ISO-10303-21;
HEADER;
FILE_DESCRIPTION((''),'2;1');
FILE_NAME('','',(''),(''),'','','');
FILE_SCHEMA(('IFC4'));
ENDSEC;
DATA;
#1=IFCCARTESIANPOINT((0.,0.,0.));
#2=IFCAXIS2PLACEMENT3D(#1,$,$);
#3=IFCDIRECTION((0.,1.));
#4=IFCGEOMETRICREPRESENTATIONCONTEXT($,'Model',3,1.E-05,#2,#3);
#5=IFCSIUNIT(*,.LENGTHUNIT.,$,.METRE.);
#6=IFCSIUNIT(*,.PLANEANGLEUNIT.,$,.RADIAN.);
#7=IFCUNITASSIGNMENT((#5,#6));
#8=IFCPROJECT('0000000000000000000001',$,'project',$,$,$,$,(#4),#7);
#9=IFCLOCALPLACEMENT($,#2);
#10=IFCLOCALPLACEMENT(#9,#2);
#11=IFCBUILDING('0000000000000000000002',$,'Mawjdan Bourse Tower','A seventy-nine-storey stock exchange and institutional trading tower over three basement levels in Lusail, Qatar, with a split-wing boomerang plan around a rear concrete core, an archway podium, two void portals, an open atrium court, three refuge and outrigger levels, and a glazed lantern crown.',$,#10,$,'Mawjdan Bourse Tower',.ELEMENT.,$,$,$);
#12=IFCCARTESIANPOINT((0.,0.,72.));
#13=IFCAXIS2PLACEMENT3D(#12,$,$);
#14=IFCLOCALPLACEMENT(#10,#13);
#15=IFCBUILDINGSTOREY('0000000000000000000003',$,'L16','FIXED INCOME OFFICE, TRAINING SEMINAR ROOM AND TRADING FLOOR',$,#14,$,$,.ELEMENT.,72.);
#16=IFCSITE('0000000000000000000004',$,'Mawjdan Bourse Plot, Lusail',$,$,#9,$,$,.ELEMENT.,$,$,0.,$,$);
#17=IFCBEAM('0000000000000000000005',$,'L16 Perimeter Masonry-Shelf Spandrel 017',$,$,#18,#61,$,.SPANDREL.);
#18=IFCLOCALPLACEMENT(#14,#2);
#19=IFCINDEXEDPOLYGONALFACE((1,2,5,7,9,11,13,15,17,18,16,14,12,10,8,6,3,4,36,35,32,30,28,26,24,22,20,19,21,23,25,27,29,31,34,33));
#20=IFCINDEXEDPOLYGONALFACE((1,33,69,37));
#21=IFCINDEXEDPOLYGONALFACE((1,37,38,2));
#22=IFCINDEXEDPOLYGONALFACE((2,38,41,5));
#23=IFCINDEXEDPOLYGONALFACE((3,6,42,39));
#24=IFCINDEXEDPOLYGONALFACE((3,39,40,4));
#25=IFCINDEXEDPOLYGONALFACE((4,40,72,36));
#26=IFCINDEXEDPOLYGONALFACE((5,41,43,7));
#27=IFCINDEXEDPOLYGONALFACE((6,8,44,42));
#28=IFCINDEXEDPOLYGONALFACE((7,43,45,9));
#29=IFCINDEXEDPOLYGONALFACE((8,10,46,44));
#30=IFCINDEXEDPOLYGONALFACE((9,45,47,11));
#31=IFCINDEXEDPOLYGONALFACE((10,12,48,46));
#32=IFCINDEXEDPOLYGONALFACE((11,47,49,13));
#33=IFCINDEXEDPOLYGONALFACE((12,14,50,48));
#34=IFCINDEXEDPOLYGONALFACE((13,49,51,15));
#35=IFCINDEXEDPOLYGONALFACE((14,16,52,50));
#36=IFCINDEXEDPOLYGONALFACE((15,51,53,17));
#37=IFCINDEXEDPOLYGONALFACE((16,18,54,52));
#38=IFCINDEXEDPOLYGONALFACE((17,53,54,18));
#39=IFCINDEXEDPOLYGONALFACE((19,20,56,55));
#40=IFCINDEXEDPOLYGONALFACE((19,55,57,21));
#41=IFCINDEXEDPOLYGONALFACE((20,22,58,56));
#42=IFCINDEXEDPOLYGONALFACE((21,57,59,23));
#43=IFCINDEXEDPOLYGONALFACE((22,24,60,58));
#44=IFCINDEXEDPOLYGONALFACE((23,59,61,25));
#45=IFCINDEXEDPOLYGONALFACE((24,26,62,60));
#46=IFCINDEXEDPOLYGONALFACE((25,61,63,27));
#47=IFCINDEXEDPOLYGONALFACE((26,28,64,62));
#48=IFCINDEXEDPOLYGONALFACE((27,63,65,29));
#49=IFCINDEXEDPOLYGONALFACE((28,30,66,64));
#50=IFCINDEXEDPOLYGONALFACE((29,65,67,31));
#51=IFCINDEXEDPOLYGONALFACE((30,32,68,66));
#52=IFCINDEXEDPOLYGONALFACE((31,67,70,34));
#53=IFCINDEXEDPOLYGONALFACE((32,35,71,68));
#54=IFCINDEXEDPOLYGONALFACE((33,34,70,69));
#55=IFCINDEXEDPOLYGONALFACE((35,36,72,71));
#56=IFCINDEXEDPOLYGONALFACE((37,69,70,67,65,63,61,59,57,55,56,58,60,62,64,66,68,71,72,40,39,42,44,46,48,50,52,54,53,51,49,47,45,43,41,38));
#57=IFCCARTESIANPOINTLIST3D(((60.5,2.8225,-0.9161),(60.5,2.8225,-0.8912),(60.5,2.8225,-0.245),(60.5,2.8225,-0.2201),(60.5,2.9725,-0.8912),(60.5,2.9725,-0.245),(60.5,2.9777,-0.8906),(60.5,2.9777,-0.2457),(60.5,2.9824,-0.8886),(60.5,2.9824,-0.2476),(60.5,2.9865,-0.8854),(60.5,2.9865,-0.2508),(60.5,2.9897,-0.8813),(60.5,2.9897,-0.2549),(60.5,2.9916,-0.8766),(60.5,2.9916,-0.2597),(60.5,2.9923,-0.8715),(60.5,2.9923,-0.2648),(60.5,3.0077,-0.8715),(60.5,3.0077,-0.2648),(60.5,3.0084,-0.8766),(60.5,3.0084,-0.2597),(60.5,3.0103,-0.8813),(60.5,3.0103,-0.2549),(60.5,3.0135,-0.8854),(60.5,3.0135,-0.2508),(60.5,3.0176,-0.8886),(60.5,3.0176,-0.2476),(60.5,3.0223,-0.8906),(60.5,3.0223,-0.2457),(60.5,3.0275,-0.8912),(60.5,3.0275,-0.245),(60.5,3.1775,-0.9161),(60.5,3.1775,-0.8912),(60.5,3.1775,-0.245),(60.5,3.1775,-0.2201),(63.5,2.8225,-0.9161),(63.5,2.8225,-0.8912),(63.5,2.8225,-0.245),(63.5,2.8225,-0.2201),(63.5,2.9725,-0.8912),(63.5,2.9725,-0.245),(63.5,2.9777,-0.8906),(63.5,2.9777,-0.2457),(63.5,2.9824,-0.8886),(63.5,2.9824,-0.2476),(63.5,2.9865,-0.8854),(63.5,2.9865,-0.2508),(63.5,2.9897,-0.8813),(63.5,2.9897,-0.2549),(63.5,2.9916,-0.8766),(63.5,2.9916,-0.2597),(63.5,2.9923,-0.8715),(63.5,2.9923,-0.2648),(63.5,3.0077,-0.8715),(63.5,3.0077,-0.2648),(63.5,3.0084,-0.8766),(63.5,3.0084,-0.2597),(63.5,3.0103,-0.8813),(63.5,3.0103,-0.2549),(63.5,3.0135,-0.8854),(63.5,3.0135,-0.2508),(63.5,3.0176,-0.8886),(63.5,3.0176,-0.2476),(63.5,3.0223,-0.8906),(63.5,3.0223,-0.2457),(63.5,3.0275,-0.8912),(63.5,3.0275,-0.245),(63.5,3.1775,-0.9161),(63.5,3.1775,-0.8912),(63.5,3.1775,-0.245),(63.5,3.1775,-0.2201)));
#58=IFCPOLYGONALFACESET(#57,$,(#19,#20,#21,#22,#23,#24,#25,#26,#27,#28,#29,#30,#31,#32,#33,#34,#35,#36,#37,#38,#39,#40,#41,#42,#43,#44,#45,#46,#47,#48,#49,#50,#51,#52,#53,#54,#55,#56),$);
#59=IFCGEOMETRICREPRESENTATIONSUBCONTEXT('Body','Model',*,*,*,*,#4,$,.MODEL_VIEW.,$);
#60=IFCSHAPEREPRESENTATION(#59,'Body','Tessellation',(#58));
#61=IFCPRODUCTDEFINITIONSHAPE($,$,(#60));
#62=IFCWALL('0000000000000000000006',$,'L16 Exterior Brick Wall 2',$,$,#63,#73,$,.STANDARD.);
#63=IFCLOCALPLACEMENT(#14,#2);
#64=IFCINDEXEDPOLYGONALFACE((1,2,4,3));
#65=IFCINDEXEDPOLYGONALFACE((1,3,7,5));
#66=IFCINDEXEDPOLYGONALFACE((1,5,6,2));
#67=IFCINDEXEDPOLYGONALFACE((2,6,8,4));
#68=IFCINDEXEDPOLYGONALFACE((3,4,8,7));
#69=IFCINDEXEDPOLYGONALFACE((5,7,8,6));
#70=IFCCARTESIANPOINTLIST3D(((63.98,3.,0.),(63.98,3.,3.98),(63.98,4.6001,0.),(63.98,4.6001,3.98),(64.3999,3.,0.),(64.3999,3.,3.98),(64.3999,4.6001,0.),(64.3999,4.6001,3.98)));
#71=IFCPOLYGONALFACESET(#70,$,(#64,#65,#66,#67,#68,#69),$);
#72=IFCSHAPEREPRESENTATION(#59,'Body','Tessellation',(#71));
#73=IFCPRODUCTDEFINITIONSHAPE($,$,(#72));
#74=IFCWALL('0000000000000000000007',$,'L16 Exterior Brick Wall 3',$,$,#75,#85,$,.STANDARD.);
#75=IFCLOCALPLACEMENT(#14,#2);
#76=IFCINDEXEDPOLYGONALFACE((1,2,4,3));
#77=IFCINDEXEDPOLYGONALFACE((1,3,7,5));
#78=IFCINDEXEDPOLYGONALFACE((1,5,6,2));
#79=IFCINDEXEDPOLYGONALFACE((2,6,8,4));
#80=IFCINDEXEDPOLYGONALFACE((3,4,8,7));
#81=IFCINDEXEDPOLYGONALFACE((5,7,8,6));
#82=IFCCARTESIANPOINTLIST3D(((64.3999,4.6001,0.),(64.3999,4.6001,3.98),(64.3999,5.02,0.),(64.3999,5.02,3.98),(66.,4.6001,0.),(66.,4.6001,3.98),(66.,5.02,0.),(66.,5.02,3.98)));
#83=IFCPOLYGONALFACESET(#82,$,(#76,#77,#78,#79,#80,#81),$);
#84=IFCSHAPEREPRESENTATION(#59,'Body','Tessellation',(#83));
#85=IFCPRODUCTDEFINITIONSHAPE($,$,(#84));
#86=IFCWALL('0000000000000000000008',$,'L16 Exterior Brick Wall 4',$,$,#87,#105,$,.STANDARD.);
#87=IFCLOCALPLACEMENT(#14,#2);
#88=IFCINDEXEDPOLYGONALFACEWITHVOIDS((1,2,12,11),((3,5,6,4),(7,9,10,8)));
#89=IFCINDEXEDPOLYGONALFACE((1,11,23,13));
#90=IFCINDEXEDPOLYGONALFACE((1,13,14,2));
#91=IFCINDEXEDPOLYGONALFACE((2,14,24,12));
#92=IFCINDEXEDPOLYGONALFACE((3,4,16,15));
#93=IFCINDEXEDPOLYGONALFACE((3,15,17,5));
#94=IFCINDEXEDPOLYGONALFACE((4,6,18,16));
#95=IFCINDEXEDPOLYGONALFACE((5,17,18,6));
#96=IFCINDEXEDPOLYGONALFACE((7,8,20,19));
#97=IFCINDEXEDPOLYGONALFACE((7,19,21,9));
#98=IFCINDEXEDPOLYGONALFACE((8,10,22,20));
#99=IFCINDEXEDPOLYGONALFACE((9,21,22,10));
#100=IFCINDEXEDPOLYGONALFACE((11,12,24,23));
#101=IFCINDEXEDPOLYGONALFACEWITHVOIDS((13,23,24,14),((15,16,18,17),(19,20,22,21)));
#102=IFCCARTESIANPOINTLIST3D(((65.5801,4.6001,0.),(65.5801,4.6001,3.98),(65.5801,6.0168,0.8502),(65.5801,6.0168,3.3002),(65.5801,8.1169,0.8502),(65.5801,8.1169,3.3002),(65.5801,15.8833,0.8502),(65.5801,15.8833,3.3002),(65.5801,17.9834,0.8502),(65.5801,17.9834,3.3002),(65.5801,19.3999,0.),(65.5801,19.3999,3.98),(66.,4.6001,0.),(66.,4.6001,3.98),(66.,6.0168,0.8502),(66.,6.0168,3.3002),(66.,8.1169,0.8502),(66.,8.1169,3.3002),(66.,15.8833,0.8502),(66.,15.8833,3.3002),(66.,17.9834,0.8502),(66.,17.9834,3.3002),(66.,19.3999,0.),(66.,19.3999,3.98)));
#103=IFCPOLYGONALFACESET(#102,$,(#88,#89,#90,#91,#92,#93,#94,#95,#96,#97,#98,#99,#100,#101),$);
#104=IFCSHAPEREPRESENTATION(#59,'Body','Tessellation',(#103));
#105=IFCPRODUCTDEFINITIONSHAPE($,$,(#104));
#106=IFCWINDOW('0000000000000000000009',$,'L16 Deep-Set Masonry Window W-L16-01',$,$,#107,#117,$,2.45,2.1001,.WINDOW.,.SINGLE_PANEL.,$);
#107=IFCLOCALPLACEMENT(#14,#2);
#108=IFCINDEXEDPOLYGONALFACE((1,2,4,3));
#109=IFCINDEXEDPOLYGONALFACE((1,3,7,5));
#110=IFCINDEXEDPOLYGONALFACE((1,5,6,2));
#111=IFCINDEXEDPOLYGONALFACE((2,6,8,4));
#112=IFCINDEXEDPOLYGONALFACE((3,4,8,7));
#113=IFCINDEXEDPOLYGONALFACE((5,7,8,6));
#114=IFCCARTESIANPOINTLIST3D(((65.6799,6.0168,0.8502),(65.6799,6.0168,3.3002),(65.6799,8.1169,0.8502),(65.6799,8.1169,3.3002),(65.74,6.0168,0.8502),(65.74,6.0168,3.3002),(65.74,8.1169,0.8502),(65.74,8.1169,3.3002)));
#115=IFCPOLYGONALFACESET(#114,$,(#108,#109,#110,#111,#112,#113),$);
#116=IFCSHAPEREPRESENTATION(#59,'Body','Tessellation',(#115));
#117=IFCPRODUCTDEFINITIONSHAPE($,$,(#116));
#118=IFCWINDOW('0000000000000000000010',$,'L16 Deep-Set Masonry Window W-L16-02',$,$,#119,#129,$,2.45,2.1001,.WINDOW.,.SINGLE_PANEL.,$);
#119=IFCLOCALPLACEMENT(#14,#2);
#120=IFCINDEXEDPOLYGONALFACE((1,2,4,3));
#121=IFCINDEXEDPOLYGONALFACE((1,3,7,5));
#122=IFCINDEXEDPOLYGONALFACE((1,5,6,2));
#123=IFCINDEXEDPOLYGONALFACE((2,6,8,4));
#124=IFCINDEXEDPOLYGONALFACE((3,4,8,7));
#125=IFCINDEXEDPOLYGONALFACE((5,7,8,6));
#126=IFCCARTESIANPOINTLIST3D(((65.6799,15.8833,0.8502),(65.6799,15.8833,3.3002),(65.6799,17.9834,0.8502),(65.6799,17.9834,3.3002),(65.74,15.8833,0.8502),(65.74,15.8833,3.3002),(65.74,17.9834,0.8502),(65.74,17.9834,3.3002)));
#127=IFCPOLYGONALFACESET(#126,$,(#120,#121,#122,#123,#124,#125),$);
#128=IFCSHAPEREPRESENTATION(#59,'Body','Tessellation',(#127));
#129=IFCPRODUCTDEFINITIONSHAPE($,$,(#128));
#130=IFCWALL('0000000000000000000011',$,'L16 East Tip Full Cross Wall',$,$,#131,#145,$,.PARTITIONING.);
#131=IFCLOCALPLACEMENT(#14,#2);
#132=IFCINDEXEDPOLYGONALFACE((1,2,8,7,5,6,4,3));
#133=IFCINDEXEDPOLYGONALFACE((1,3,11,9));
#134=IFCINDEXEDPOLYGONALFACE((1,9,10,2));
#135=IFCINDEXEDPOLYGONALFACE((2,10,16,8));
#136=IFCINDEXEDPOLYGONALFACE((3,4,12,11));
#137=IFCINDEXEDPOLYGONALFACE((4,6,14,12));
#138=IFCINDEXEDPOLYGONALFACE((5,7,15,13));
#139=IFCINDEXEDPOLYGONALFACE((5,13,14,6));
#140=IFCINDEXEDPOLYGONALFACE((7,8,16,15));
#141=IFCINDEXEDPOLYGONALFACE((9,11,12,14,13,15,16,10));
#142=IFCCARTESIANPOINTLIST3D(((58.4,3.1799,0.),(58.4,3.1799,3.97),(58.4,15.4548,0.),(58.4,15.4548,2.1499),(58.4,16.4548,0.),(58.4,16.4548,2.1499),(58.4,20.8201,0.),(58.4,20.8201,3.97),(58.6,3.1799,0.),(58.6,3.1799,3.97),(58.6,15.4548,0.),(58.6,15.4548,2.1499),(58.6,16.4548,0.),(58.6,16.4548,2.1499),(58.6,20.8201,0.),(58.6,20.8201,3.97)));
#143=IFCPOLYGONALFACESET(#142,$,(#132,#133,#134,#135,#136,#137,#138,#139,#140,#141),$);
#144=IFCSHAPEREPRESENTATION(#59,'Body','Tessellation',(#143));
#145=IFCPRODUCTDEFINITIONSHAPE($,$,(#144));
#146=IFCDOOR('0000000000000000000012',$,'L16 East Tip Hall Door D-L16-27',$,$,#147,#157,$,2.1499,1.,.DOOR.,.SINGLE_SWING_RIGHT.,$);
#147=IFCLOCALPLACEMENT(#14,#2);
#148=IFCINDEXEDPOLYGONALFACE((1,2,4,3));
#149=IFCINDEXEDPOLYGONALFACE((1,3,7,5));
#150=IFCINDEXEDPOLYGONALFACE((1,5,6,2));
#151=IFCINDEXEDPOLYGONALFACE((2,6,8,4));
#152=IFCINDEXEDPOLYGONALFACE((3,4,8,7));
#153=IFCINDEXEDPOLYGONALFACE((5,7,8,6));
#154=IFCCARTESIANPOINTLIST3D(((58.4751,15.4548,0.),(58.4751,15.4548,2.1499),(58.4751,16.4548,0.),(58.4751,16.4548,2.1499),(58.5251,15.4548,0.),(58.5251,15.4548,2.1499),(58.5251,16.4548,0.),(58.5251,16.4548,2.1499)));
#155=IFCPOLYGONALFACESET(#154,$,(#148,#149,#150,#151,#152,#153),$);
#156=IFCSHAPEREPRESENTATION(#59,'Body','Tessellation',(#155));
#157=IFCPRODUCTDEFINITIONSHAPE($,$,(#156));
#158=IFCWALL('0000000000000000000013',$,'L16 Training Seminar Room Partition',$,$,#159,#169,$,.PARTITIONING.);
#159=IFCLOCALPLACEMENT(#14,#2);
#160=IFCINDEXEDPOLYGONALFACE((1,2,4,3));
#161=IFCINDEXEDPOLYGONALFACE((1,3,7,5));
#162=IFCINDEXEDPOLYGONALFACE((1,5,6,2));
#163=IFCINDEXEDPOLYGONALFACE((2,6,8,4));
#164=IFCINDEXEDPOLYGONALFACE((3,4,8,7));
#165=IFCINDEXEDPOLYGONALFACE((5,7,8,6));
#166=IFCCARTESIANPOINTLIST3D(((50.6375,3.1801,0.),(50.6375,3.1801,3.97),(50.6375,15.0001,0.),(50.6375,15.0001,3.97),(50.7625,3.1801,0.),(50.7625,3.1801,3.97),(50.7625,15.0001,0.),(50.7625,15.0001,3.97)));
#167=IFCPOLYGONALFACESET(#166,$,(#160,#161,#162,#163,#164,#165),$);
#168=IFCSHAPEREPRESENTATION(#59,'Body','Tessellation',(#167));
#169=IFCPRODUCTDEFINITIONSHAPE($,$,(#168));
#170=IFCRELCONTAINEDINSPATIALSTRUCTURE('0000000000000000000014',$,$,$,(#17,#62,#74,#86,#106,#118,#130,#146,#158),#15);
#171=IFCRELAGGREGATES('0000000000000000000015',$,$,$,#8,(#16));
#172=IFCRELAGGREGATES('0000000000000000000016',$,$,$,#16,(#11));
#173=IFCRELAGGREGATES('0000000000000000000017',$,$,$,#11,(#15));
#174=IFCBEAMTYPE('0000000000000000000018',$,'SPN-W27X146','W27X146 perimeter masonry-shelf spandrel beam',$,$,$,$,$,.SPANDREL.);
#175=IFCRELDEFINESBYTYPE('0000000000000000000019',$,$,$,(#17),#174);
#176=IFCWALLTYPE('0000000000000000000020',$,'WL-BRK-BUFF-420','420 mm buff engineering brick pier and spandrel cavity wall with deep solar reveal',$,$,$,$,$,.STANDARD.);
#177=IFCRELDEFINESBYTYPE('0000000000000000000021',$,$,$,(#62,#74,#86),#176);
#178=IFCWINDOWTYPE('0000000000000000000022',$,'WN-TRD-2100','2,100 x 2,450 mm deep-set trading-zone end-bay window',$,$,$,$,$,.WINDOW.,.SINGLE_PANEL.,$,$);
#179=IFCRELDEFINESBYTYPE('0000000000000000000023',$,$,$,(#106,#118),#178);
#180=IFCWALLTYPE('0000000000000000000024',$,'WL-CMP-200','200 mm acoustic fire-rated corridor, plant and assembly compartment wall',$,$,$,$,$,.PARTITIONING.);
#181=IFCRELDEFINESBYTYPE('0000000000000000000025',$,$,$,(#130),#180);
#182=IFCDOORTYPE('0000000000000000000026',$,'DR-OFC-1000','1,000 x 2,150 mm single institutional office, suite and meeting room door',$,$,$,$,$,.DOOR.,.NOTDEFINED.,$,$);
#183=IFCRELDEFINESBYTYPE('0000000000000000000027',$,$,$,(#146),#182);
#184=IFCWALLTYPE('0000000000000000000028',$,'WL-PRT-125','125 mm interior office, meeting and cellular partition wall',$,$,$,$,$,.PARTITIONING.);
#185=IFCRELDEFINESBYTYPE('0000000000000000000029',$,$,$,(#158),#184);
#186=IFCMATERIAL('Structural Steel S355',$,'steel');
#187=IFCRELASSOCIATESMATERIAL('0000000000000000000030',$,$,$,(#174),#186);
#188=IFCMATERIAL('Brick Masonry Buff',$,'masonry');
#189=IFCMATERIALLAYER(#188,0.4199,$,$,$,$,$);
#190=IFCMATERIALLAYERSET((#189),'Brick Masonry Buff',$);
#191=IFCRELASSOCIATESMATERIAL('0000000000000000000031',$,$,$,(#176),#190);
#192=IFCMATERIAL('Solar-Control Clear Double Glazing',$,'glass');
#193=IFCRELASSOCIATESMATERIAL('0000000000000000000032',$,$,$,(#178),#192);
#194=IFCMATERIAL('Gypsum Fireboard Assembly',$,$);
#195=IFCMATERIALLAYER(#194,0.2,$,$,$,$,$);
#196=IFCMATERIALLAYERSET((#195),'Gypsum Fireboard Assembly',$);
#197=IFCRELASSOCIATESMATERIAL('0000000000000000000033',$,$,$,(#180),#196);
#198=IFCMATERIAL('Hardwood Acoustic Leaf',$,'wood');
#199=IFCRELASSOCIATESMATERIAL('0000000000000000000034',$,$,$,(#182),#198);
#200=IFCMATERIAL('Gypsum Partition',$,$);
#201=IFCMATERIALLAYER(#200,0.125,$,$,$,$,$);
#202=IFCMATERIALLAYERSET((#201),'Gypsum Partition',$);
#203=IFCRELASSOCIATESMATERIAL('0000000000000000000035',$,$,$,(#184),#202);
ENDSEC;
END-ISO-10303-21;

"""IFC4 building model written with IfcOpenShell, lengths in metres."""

from ifc_helpers import new_model, si_unit, direction, frame, frame_2d, origin, origin_2d, place, context, subcontext, project, spatial, rectangle, i_section, extrude, material, layer, layer_set, material_profile, profile_set, type_object, element, fill, save


model = new_model("IFC4")

# Units and contexts
model_context = context("Model", 3, precision=1e-05, world=origin(), true_north=direction((0.0, 1.0)))
body_context = subcontext(model_context, "Body", "Model", "MODEL_VIEW")
ifc_project = project(units=[si_unit("LENGTHUNIT", "METRE"), si_unit("PLANEANGLEUNIT", "RADIAN")], contexts=[model_context])

# Site, building, storey
site_placement = place(None, origin())
site = spatial("IfcSite", under=ifc_project, at=site_placement, Name="Mawjdan Bourse Plot, Lusail", CompositionType="ELEMENT", RefElevation=0.0)
building_placement = place(site_placement, origin())
building = spatial("IfcBuilding", under=site, at=building_placement, Name="Mawjdan Bourse Tower", Description="A seventy-nine-storey stock exchange and institutional trading tower over three basement levels in Lusail, Qatar, with a split-wing boomerang plan around a rear concrete core, an archway podium, two void portals, an open atrium court, three refuge and outrigger levels, and a glazed lantern crown.", LongName="Mawjdan Bourse Tower", CompositionType="ELEMENT")
storey_placement = place(building_placement, frame((0.0, 0.0, 72.0)))
storey = spatial("IfcBuildingStorey", under=building, at=storey_placement, Name="L16", Description="FIXED INCOME OFFICE, TRAINING SEMINAR ROOM AND TRADING FLOOR", CompositionType="ELEMENT", Elevation=72.0)

# Beam
ifc_material_1 = material(Name="Structural Steel S355", Category="steel")
ifc_material_profile_1 = material_profile(ifc_material_1, i_section(OverallWidth=0.355, OverallDepth=0.696, WebThickness=0.0154, FlangeThickness=0.0249, FilletRadius=0.0198, at=origin_2d()), Name="W27X146")
ifc_profile_set_1 = profile_set([ifc_material_profile_1], Name="Structural Steel S355")
beam_type_1 = type_object("IfcBeamType", Name="SPN-W27X146", Description="W27X146 perimeter masonry-shelf spandrel beam", PredefinedType="SPANDREL", material=ifc_profile_set_1)
beam_1_placement = place(storey_placement, frame((60.5, 3.0, -0.5681), z_axis=(1.0, 0.0, 0.0), x_axis=(0.0, 1.0, 0.0)))
element("IfcBeam", 1, at=beam_1_placement, inside=storey, type_object=beam_type_1, Name="L16 Perimeter Masonry-Shelf Spandrel 017", PredefinedType="SPANDREL", context=body_context, shape_type="SweptSolid", body=[
    extrude(i_section(OverallWidth=0.355, OverallDepth=0.696, WebThickness=0.0154, FlangeThickness=0.0249, FilletRadius=0.0198, at=origin_2d()), origin(), (0.0, 0.0, 1.0), 3.0),
])

# Walls
ifc_material_2 = material(Name="Brick Masonry Buff", Category="masonry")
ifc_layer_1 = layer(ifc_material_2, 0.4199)
ifc_layer_set_1 = layer_set([ifc_layer_1], Name="Brick Masonry Buff")
wall_type_1 = type_object("IfcWallType", Name="WL-BRK-BUFF-420", Description="420 mm buff engineering brick pier and spandrel cavity wall with deep solar reveal", PredefinedType="STANDARD", material=ifc_layer_set_1)
for number, where, z_axis, x_axis, name in (
    (2, (64.1899, 3.0, 0.0), (0.0, 0.0, 1.0), (0.0, 1.0, 0.0), "L16 Exterior Brick Wall 2"),
    (3, (64.3999, 4.8101, 0.0), (0.0, 0.0, 1.0), (1.0, 0.0, 0.0), "L16 Exterior Brick Wall 3"),
):
    element("IfcWall", number, at=place(storey_placement, frame(where, z_axis=z_axis, x_axis=x_axis)), inside=storey, type_object=wall_type_1, Name=name, PredefinedType="STANDARD", context=body_context, shape_type="SweptSolid", body=[
        extrude(rectangle(XDim=1.6001, YDim=0.4199, at=frame_2d((0.8, 0.0))), origin(), (0.0, 0.0, 1.0), 3.98),
    ])

# Wall, openings, windows
wall_1_placement = place(storey_placement, frame((65.79, 4.6001, 0.0), z_axis=(0.0, 0.0, 1.0), x_axis=(0.0, 1.0, 0.0)))
wall_1 = element("IfcWall", 4, at=wall_1_placement, inside=storey, type_object=wall_type_1, Name="L16 Exterior Brick Wall 4", PredefinedType="STANDARD", context=body_context, shape_type="SweptSolid", body=[
    extrude(rectangle(XDim=14.7998, YDim=0.4199, at=frame_2d((7.3999, 0.0))), origin(), (0.0, 0.0, 1.0), 3.98),
])
opening_1_placement = place(wall_1_placement, frame((1.4167, 0.0, 0.8501)))
opening_1 = element("IfcOpeningElement", 5, at=opening_1_placement, cuts=wall_1, PredefinedType="OPENING", context=body_context, shape_type="SweptSolid", body=[
    extrude(rectangle(XDim=2.1001, YDim=2.45, at=frame_2d((1.05, 1.2251))), frame((0.0, 0.22, 0.0), z_axis=(0.0, -1.0, 0.0), x_axis=(1.0, 0.0, 0.0)), (0.0, 0.0, 1.0), 0.4399),
])
opening_2_placement = place(wall_1_placement, frame((11.2832, 0.0, 0.8501)))
opening_2 = element("IfcOpeningElement", 6, at=opening_2_placement, cuts=wall_1, PredefinedType="OPENING", context=body_context, shape_type="SweptSolid", body=[
    extrude(rectangle(XDim=2.1001, YDim=2.45, at=frame_2d((1.05, 1.2251))), frame((0.0, 0.22, 0.0), z_axis=(0.0, -1.0, 0.0), x_axis=(1.0, 0.0, 0.0)), (0.0, 0.0, 1.0), 0.4399),
])
ifc_material_3 = material(Name="Solar-Control Clear Double Glazing", Category="glass")
window_type = type_object("IfcWindowType", Name="WN-TRD-2100", Description="2,100 x 2,450 mm deep-set trading-zone end-bay window", PartitioningType="SINGLE_PANEL", PredefinedType="WINDOW", material=ifc_material_3)
window_1_placement = place(opening_1_placement, origin())
window_1 = element("IfcWindow", 7, at=window_1_placement, inside=storey, type_object=window_type, Name="L16 Deep-Set Masonry Window W-L16-01", OverallHeight=2.45, OverallWidth=2.1001, PartitioningType="SINGLE_PANEL", PredefinedType="WINDOW", context=body_context, shape_type="SweptSolid", body=[
    extrude(rectangle(XDim=2.1001, YDim=2.45, at=frame_2d((1.05, 1.2251))), frame((0.0, 0.1101, 0.0), z_axis=(0.0, -1.0, 0.0), x_axis=(1.0, 0.0, 0.0)), (0.0, 0.0, 1.0), 0.0601),
])
fill(opening_1, window_1)
window_2_placement = place(opening_2_placement, origin())
window_2 = element("IfcWindow", 8, at=window_2_placement, inside=storey, type_object=window_type, Name="L16 Deep-Set Masonry Window W-L16-02", OverallHeight=2.45, OverallWidth=2.1001, PartitioningType="SINGLE_PANEL", PredefinedType="WINDOW", context=body_context, shape_type="SweptSolid", body=[
    extrude(rectangle(XDim=2.1001, YDim=2.45, at=frame_2d((1.05, 1.2251))), frame((0.0, 0.1101, 0.0), z_axis=(0.0, -1.0, 0.0), x_axis=(1.0, 0.0, 0.0)), (0.0, 0.0, 1.0), 0.0601),
])
fill(opening_2, window_2)

# Wall, opening, door
ifc_material_4 = material(Name="Gypsum Fireboard Assembly")
ifc_layer_2 = layer(ifc_material_4, 0.2)
ifc_layer_set_2 = layer_set([ifc_layer_2], Name="Gypsum Fireboard Assembly")
wall_type_2 = type_object("IfcWallType", Name="WL-CMP-200", Description="200 mm acoustic fire-rated corridor, plant and assembly compartment wall", PredefinedType="PARTITIONING", material=ifc_layer_set_2)
wall_2_placement = place(storey_placement, frame((58.5, 3.1799, 0.0), z_axis=(0.0, 0.0, 1.0), x_axis=(0.0, 1.0, 0.0)))
wall_2 = element("IfcWall", 9, at=wall_2_placement, inside=storey, type_object=wall_type_2, Name="L16 East Tip Full Cross Wall", PredefinedType="PARTITIONING", context=body_context, shape_type="SweptSolid", body=[
    extrude(rectangle(XDim=17.6401, YDim=0.2, at=frame_2d((8.8201, 0.0))), origin(), (0.0, 0.0, 1.0), 3.97),
])
opening_3_placement = place(wall_2_placement, frame((12.2749, 0.0, 0.0)))
opening_3 = element("IfcOpeningElement", 10, at=opening_3_placement, cuts=wall_2, PredefinedType="OPENING", context=body_context, shape_type="SweptSolid", body=[
    extrude(rectangle(XDim=1.0, YDim=2.1499, at=frame_2d((0.5, 1.075))), frame((0.0, 0.1099, 0.0), z_axis=(0.0, -1.0, 0.0), x_axis=(1.0, 0.0, 0.0)), (0.0, 0.0, 1.0), 0.22),
])
ifc_material_5 = material(Name="Hardwood Acoustic Leaf", Category="wood")
door_type = type_object("IfcDoorType", Name="DR-OFC-1000", Description="1,000 x 2,150 mm single institutional office, suite and meeting room door", OperationType="NOTDEFINED", PredefinedType="DOOR", material=ifc_material_5)
door_placement = place(opening_3_placement, origin())
door = element("IfcDoor", 11, at=door_placement, inside=storey, type_object=door_type, Name="L16 East Tip Hall Door D-L16-27", OperationType="SINGLE_SWING_RIGHT", OverallHeight=2.1499, OverallWidth=1.0, PredefinedType="DOOR", context=body_context, shape_type="SweptSolid", body=[
    extrude(rectangle(XDim=1.0, YDim=2.1499, at=frame_2d((0.5, 1.075))), frame((0.0, 0.0249, 0.0), z_axis=(0.0, -1.0, 0.0), x_axis=(1.0, 0.0, 0.0)), (0.0, 0.0, 1.0), 0.05),
])
fill(opening_3, door)

# Wall
ifc_material_6 = material(Name="Gypsum Partition")
ifc_layer_3 = layer(ifc_material_6, 0.125)
ifc_layer_set_3 = layer_set([ifc_layer_3], Name="Gypsum Partition")
wall_type_3 = type_object("IfcWallType", Name="WL-PRT-125", Description="125 mm interior office, meeting and cellular partition wall", PredefinedType="PARTITIONING", material=ifc_layer_set_3)
wall_3_placement = place(storey_placement, frame((50.7, 3.1799, 0.0), z_axis=(0.0, 0.0, 1.0), x_axis=(0.0, 1.0, 0.0)))
element("IfcWall", 12, at=wall_3_placement, inside=storey, type_object=wall_type_3, Name="L16 Training Seminar Room Partition", PredefinedType="PARTITIONING", context=body_context, shape_type="SweptSolid", body=[
    extrude(rectangle(XDim=11.8201, YDim=0.125, at=frame_2d((5.9102, 0.0))), origin(), (0.0, 0.0, 1.0), 3.97),
])

save(model, "model.ifc")
